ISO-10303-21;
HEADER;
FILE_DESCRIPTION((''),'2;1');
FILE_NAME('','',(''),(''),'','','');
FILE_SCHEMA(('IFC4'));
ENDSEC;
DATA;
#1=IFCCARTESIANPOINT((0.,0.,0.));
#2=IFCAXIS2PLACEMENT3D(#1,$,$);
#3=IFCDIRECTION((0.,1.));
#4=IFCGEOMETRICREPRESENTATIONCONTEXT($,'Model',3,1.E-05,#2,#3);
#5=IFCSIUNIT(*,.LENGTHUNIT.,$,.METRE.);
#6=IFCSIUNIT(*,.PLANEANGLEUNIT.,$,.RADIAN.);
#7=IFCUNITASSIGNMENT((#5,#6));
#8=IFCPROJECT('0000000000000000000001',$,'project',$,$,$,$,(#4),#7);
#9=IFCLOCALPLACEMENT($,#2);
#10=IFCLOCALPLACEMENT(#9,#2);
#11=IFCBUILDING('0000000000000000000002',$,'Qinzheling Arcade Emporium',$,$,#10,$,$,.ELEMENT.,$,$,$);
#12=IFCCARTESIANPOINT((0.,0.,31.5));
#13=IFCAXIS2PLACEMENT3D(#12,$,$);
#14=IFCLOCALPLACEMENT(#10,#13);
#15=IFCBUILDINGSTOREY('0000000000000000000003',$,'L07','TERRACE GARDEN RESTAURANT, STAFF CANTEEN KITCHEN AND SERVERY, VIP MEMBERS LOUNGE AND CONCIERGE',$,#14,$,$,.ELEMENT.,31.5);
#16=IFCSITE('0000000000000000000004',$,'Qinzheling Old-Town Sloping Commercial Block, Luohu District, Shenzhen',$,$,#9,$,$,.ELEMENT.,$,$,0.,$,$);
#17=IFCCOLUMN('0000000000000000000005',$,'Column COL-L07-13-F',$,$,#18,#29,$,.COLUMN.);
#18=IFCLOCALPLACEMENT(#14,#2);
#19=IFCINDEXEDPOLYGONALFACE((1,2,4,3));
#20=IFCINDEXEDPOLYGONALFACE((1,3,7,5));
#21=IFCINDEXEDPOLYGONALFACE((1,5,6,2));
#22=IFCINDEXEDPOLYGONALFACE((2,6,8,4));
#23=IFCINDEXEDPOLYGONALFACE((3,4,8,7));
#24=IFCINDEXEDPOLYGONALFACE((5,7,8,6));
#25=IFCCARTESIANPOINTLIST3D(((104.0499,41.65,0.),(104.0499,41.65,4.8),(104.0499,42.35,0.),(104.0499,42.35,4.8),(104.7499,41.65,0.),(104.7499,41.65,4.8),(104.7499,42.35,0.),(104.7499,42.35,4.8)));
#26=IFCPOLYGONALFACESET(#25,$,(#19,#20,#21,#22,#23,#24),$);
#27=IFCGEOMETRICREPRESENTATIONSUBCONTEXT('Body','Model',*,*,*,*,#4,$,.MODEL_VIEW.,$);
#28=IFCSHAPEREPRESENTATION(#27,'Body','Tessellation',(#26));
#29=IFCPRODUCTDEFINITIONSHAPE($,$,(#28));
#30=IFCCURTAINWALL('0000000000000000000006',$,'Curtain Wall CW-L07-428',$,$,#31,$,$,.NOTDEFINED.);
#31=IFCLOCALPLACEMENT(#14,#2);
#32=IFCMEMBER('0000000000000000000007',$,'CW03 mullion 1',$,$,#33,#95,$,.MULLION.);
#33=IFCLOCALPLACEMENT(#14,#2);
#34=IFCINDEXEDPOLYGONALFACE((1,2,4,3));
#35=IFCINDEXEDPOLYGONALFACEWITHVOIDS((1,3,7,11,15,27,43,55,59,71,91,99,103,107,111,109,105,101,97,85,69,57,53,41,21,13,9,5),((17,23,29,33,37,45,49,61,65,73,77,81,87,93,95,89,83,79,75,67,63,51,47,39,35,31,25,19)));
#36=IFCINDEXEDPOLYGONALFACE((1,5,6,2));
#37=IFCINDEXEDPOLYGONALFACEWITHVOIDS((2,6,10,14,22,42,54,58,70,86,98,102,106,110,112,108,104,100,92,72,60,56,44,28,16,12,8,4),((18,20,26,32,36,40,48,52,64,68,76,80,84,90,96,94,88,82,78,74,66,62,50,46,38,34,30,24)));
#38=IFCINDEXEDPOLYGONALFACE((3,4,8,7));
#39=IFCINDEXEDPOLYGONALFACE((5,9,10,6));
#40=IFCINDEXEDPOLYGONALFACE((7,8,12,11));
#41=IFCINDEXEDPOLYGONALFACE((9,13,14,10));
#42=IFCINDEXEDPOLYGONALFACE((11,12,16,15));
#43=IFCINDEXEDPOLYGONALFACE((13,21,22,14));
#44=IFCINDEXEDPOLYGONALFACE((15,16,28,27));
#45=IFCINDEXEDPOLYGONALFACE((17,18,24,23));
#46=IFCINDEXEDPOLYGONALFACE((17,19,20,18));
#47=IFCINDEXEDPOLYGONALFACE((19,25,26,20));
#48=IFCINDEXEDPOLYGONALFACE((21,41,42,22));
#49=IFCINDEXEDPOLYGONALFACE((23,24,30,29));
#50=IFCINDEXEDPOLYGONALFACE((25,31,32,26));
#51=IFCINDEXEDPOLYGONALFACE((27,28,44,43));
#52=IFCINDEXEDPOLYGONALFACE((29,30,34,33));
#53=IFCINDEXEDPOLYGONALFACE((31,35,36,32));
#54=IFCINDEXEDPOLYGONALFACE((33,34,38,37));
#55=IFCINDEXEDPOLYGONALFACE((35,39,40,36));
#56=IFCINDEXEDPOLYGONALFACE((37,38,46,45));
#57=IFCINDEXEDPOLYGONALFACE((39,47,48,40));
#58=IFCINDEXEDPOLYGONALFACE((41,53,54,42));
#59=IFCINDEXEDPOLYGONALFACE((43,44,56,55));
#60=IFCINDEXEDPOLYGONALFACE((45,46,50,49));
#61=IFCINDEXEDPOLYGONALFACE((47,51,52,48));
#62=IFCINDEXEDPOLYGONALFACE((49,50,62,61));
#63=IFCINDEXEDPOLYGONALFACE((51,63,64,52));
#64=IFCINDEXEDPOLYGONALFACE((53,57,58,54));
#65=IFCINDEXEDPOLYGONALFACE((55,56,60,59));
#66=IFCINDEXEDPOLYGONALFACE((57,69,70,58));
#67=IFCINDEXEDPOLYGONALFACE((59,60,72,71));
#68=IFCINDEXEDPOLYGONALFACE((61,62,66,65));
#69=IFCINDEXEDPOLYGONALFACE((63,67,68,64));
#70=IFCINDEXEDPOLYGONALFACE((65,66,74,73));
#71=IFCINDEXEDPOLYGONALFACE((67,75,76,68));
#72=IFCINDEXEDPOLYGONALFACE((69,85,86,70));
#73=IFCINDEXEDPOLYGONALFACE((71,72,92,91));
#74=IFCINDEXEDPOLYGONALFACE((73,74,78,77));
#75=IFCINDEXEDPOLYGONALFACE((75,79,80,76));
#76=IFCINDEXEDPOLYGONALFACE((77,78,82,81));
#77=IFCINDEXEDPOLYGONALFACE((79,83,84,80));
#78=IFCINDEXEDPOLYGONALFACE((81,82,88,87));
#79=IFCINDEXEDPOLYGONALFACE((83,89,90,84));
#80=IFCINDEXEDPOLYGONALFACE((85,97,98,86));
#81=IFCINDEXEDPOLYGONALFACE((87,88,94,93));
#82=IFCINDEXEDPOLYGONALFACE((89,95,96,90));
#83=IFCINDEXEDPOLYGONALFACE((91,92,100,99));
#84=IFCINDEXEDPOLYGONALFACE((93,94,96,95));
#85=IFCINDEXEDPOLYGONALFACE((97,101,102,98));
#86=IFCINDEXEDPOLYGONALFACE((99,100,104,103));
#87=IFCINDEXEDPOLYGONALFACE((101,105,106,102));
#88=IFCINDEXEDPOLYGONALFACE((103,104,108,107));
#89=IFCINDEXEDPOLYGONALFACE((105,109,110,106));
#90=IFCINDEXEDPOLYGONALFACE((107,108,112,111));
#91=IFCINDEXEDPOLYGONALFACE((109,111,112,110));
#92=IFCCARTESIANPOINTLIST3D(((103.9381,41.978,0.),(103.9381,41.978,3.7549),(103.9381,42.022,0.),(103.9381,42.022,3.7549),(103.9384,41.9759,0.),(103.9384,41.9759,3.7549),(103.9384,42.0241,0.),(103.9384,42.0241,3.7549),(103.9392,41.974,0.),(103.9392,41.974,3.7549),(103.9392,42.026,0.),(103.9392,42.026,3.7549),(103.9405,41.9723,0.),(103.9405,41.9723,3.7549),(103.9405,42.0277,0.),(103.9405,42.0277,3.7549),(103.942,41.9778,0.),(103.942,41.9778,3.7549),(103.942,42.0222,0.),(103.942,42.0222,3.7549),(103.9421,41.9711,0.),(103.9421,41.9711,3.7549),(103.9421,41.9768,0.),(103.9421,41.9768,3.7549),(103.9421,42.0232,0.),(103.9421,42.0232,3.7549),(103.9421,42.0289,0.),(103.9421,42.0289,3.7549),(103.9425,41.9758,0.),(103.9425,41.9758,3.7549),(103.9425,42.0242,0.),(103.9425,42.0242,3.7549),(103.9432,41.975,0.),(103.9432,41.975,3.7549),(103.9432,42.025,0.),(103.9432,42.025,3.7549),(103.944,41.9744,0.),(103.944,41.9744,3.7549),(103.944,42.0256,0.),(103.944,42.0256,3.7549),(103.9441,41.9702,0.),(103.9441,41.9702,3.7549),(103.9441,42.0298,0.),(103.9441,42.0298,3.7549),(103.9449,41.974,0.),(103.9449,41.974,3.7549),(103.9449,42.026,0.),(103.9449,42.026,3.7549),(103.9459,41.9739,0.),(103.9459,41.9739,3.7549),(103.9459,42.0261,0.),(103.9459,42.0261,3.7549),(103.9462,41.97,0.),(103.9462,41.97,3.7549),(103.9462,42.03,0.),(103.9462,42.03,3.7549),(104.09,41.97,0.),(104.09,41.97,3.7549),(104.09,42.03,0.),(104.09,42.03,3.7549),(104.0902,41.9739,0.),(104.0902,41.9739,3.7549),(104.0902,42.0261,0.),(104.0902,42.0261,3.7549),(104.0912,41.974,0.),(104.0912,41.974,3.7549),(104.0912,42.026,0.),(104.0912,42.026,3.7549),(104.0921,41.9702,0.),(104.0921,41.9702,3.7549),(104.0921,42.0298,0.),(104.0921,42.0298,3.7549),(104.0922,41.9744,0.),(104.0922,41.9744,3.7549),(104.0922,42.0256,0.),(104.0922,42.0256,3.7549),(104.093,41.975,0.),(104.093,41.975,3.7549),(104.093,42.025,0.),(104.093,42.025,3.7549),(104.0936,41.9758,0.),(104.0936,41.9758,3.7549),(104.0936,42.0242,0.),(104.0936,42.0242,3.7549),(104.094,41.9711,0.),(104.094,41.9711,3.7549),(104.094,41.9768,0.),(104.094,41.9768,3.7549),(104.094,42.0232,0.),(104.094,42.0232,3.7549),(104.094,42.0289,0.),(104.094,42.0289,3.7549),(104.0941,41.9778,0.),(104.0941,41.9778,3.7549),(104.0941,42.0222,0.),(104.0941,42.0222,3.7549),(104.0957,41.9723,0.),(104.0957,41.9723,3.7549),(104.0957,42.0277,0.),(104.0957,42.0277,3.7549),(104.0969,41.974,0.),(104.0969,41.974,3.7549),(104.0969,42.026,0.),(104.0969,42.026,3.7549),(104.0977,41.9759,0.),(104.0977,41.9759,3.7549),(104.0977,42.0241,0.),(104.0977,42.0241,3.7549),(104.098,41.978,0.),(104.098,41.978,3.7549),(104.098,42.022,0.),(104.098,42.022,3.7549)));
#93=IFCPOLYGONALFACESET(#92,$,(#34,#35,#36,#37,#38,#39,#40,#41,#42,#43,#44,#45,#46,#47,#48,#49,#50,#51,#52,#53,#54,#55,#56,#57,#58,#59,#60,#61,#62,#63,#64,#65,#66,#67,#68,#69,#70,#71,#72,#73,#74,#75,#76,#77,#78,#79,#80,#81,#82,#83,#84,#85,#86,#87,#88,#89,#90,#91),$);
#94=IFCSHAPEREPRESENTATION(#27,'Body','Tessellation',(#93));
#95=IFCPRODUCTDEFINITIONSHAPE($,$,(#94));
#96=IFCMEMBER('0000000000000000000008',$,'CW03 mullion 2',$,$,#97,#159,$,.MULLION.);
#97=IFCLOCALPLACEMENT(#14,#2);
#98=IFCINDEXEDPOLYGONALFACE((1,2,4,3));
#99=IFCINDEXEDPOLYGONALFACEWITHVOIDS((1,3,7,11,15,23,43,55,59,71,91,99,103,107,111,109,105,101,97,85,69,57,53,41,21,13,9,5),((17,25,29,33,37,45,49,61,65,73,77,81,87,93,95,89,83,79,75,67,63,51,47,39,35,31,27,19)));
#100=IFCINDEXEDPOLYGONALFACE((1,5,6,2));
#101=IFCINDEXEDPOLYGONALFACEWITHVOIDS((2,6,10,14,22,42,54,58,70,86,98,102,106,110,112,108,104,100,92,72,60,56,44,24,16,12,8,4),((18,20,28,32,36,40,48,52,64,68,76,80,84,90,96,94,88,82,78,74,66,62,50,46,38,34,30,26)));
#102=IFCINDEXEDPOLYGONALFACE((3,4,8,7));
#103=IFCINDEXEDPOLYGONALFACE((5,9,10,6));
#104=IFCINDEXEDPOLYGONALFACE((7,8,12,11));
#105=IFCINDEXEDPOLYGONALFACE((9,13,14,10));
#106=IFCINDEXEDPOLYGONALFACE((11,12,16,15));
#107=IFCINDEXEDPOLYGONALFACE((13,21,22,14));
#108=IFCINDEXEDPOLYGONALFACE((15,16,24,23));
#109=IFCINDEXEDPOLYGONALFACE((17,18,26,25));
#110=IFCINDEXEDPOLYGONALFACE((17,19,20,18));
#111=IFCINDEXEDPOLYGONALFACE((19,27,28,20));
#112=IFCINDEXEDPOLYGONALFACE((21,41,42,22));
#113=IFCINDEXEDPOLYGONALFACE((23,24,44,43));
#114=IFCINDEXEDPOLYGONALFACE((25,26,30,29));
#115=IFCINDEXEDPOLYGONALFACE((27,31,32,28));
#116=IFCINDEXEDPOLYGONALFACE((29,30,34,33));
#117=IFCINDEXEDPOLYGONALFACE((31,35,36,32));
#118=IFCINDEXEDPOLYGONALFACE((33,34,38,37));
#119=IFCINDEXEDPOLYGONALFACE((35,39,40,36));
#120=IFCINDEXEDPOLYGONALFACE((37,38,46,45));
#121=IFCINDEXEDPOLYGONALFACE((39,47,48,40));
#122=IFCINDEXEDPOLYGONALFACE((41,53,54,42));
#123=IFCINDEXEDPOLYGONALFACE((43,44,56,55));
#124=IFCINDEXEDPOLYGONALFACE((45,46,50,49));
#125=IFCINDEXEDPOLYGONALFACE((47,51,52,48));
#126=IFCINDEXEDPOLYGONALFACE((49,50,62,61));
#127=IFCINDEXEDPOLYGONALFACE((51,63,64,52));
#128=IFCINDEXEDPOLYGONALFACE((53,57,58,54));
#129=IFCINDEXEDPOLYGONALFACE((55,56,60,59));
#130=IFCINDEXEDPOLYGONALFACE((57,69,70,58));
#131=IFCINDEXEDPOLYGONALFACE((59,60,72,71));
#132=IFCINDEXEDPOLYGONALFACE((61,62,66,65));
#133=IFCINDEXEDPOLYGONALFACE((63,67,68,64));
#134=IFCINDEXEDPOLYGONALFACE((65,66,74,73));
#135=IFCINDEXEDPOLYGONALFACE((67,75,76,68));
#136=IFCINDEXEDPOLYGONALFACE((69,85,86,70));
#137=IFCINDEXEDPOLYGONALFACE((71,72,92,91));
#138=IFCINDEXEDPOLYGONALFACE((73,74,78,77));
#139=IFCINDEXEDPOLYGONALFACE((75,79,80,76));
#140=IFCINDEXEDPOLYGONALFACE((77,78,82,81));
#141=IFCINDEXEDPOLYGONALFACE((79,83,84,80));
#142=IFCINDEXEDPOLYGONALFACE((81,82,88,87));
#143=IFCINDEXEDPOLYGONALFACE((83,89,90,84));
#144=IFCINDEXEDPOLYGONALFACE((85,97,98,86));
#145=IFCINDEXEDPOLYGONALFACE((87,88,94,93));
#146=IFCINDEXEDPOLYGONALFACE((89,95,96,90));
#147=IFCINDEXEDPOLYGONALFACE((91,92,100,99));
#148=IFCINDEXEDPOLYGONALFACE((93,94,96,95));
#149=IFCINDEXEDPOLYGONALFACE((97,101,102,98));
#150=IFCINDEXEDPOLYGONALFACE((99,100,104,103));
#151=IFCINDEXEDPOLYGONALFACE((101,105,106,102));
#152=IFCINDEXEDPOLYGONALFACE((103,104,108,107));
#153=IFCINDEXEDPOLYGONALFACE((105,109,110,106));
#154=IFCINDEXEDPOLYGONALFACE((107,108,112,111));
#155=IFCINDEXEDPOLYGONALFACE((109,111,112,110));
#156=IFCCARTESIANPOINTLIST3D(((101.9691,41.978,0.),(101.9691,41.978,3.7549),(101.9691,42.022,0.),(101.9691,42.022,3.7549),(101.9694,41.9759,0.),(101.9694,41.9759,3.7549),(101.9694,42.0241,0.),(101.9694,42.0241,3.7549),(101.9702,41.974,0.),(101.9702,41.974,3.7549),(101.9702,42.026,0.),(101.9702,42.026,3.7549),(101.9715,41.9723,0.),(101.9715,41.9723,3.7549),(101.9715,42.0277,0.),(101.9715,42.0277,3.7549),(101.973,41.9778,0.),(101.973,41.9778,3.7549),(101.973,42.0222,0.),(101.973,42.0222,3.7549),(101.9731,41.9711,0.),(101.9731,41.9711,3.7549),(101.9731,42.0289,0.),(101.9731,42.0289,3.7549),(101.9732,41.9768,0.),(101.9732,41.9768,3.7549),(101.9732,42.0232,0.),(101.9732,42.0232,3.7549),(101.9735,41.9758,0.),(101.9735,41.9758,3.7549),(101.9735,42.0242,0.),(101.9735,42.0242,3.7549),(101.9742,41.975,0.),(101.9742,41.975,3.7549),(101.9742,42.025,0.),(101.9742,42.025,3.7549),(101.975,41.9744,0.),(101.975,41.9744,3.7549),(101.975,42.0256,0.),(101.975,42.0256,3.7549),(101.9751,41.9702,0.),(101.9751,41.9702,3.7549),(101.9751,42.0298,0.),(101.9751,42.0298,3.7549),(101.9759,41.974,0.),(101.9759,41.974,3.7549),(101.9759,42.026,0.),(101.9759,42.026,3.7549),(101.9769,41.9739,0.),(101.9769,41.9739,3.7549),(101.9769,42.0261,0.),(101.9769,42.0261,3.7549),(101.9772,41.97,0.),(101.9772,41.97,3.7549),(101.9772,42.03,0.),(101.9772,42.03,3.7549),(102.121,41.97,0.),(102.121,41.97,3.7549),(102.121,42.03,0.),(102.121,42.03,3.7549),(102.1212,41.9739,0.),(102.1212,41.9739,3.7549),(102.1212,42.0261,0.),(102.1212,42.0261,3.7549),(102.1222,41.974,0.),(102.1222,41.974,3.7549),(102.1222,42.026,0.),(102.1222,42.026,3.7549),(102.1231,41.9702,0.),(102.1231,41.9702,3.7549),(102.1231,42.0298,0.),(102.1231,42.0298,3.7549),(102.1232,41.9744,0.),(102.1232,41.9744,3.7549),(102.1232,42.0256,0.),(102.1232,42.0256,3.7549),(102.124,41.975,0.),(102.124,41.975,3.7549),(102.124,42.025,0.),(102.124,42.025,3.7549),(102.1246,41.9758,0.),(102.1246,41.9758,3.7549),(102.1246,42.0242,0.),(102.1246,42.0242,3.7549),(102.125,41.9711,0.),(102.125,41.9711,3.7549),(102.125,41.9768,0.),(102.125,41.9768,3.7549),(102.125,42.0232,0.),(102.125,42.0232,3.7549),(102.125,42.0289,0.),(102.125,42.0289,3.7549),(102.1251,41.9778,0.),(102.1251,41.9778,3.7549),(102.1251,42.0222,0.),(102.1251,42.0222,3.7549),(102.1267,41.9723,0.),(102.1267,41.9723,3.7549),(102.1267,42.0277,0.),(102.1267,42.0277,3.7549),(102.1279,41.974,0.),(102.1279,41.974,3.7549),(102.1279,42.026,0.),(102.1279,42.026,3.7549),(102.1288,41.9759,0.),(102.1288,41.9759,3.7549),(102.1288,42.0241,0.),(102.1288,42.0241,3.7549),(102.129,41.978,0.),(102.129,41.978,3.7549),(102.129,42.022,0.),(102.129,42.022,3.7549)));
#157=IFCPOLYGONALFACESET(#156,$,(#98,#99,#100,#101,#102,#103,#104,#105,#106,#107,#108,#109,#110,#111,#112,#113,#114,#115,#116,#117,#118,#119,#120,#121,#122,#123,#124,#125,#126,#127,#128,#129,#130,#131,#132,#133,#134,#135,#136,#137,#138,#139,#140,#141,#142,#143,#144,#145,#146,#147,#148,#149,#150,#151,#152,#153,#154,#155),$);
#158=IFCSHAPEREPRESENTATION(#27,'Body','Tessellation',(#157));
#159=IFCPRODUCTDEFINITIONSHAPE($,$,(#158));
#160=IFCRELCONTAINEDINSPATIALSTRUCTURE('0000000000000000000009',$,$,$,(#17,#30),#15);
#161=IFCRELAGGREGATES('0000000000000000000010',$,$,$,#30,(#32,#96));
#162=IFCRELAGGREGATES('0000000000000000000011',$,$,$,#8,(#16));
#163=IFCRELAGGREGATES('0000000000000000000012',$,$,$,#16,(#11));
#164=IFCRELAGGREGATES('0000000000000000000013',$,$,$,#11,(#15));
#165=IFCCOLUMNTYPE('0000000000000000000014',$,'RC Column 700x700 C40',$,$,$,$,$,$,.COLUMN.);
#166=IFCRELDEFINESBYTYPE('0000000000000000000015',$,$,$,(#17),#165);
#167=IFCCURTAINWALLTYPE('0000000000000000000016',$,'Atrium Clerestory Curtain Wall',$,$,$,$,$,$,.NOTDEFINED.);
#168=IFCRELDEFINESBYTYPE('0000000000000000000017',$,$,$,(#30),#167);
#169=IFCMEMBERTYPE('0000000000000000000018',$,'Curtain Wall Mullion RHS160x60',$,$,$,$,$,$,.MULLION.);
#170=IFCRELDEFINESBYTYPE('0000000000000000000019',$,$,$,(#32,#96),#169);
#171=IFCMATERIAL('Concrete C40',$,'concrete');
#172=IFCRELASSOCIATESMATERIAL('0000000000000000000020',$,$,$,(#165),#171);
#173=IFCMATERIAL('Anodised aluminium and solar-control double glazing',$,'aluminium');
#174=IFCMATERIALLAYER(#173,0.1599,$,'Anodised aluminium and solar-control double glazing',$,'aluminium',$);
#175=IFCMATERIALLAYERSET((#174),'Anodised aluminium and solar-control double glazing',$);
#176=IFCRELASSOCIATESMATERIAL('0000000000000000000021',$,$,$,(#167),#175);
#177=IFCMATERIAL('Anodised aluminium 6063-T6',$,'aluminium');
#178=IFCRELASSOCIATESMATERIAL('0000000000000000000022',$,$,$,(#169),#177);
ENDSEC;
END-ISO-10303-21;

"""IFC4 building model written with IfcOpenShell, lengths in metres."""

from ifc_helpers import new_model, si_unit, direction, frame, origin, origin_2d, place, context, subcontext, project, spatial, rectangle, hollow_rectangle, extrude, material, layer, layer_set, material_profile, profile_set, type_object, element, aggregate, save


model = new_model("IFC4")

# Units and contexts
model_context = context("Model", 3, precision=1e-05, world=origin(), true_north=direction((0.0, 1.0)))
body_context = subcontext(model_context, "Body", "Model", "MODEL_VIEW")
ifc_project = project(units=[si_unit("LENGTHUNIT", "METRE"), si_unit("PLANEANGLEUNIT", "RADIAN")], contexts=[model_context])

# Site, building, storey
site_placement = place(None, origin())
site = spatial("IfcSite", under=ifc_project, at=site_placement, Name="Qinzheling Old-Town Sloping Commercial Block, Luohu District, Shenzhen", CompositionType="ELEMENT", RefElevation=0.0)
building_placement = place(site_placement, origin())
building = spatial("IfcBuilding", under=site, at=building_placement, Name="Qinzheling Arcade Emporium", CompositionType="ELEMENT")
storey_placement = place(building_placement, frame((0.0, 0.0, 31.5)))
storey = spatial("IfcBuildingStorey", under=building, at=storey_placement, Name="L07", Description="TERRACE GARDEN RESTAURANT, STAFF CANTEEN KITCHEN AND SERVERY, VIP MEMBERS LOUNGE AND CONCIERGE", CompositionType="ELEMENT", Elevation=31.5)

# Column
ifc_material_1 = material(Name="Concrete C40", Category="concrete")
ifc_material_profile_1 = material_profile(ifc_material_1, rectangle(XDim=0.7, YDim=0.7, at=origin_2d()), Name="RC 700x700", Category="concrete")
ifc_profile_set_1 = profile_set([ifc_material_profile_1], Name="Concrete C40")
column_type = type_object("IfcColumnType", Name="RC Column 700x700 C40", PredefinedType="COLUMN", material=ifc_profile_set_1)
column_placement = place(storey_placement, frame((104.3999, 42.0, 0.0), z_axis=(0.0, 0.0, 1.0), x_axis=(1.0, 0.0, 0.0)))
element("IfcColumn", 1, at=column_placement, inside=storey, type_object=column_type, Name="Column COL-L07-13-F", PredefinedType="COLUMN", context=body_context, shape_type="SweptSolid", body=[
    extrude(rectangle(XDim=0.7, YDim=0.7, at=origin_2d()), origin(), (0.0, 0.0, 1.0), 4.8),
])

# Curtain wall, members
ifc_material_2 = material(Name="Anodised aluminium and solar-control double glazing", Category="aluminium")
ifc_layer_1 = layer(ifc_material_2, 0.1599, Name="Anodised aluminium and solar-control double glazing", Category="aluminium")
ifc_layer_set_1 = layer_set([ifc_layer_1], Name="Anodised aluminium and solar-control double glazing")
curtain_wall_type = type_object("IfcCurtainWallType", Name="Atrium Clerestory Curtain Wall", PredefinedType="NOTDEFINED", material=ifc_layer_set_1)
curtain_wall_placement = place(storey_placement, origin())
curtain_wall = element("IfcCurtainWall", 2, at=curtain_wall_placement, inside=storey, type_object=curtain_wall_type, Name="Curtain Wall CW-L07-428", PredefinedType="NOTDEFINED")
ifc_material_3 = material(Name="Anodised aluminium 6063-T6", Category="aluminium")
ifc_material_profile_2 = material_profile(ifc_material_3, hollow_rectangle(XDim=0.0601, YDim=0.1599, WallThickness=0.0039, InnerFilletRadius=0.0039, OuterFilletRadius=0.0081, at=origin_2d()), Name="RHS 160x60x4", Category="aluminium")
ifc_profile_set_2 = profile_set([ifc_material_profile_2], Name="Anodised aluminium 6063-T6")
member_type_1 = type_object("IfcMemberType", Name="Curtain Wall Mullion RHS160x60", PredefinedType="MULLION", material=ifc_profile_set_2)
member_1_placement = place(storey_placement, frame((104.0181, 42.0, 0.0), z_axis=(0.0, 0.0, 1.0), x_axis=(0.0, -1.0, 0.0)))
member_1 = element("IfcMember", 3, at=member_1_placement, type_object=member_type_1, Name="CW03 mullion 1", PredefinedType="MULLION", context=body_context, shape_type="SweptSolid", body=[
    extrude(hollow_rectangle(XDim=0.0601, YDim=0.1599, WallThickness=0.0039, InnerFilletRadius=0.0039, OuterFilletRadius=0.0081, at=origin_2d()), origin(), (0.0, 0.0, 1.0), 3.7549),
])
member_2_placement = place(storey_placement, frame((102.0491, 42.0, 0.0), z_axis=(0.0, 0.0, 1.0), x_axis=(0.0, -1.0, 0.0)))
member_2 = element("IfcMember", 4, at=member_2_placement, type_object=member_type_1, Name="CW03 mullion 2", PredefinedType="MULLION", context=body_context, shape_type="SweptSolid", body=[
    extrude(hollow_rectangle(XDim=0.0601, YDim=0.1599, WallThickness=0.0039, InnerFilletRadius=0.0039, OuterFilletRadius=0.0081, at=origin_2d()), origin(), (0.0, 0.0, 1.0), 3.7549),
])
aggregate(curtain_wall, [member_1, member_2])

save(model, "model.ifc")
